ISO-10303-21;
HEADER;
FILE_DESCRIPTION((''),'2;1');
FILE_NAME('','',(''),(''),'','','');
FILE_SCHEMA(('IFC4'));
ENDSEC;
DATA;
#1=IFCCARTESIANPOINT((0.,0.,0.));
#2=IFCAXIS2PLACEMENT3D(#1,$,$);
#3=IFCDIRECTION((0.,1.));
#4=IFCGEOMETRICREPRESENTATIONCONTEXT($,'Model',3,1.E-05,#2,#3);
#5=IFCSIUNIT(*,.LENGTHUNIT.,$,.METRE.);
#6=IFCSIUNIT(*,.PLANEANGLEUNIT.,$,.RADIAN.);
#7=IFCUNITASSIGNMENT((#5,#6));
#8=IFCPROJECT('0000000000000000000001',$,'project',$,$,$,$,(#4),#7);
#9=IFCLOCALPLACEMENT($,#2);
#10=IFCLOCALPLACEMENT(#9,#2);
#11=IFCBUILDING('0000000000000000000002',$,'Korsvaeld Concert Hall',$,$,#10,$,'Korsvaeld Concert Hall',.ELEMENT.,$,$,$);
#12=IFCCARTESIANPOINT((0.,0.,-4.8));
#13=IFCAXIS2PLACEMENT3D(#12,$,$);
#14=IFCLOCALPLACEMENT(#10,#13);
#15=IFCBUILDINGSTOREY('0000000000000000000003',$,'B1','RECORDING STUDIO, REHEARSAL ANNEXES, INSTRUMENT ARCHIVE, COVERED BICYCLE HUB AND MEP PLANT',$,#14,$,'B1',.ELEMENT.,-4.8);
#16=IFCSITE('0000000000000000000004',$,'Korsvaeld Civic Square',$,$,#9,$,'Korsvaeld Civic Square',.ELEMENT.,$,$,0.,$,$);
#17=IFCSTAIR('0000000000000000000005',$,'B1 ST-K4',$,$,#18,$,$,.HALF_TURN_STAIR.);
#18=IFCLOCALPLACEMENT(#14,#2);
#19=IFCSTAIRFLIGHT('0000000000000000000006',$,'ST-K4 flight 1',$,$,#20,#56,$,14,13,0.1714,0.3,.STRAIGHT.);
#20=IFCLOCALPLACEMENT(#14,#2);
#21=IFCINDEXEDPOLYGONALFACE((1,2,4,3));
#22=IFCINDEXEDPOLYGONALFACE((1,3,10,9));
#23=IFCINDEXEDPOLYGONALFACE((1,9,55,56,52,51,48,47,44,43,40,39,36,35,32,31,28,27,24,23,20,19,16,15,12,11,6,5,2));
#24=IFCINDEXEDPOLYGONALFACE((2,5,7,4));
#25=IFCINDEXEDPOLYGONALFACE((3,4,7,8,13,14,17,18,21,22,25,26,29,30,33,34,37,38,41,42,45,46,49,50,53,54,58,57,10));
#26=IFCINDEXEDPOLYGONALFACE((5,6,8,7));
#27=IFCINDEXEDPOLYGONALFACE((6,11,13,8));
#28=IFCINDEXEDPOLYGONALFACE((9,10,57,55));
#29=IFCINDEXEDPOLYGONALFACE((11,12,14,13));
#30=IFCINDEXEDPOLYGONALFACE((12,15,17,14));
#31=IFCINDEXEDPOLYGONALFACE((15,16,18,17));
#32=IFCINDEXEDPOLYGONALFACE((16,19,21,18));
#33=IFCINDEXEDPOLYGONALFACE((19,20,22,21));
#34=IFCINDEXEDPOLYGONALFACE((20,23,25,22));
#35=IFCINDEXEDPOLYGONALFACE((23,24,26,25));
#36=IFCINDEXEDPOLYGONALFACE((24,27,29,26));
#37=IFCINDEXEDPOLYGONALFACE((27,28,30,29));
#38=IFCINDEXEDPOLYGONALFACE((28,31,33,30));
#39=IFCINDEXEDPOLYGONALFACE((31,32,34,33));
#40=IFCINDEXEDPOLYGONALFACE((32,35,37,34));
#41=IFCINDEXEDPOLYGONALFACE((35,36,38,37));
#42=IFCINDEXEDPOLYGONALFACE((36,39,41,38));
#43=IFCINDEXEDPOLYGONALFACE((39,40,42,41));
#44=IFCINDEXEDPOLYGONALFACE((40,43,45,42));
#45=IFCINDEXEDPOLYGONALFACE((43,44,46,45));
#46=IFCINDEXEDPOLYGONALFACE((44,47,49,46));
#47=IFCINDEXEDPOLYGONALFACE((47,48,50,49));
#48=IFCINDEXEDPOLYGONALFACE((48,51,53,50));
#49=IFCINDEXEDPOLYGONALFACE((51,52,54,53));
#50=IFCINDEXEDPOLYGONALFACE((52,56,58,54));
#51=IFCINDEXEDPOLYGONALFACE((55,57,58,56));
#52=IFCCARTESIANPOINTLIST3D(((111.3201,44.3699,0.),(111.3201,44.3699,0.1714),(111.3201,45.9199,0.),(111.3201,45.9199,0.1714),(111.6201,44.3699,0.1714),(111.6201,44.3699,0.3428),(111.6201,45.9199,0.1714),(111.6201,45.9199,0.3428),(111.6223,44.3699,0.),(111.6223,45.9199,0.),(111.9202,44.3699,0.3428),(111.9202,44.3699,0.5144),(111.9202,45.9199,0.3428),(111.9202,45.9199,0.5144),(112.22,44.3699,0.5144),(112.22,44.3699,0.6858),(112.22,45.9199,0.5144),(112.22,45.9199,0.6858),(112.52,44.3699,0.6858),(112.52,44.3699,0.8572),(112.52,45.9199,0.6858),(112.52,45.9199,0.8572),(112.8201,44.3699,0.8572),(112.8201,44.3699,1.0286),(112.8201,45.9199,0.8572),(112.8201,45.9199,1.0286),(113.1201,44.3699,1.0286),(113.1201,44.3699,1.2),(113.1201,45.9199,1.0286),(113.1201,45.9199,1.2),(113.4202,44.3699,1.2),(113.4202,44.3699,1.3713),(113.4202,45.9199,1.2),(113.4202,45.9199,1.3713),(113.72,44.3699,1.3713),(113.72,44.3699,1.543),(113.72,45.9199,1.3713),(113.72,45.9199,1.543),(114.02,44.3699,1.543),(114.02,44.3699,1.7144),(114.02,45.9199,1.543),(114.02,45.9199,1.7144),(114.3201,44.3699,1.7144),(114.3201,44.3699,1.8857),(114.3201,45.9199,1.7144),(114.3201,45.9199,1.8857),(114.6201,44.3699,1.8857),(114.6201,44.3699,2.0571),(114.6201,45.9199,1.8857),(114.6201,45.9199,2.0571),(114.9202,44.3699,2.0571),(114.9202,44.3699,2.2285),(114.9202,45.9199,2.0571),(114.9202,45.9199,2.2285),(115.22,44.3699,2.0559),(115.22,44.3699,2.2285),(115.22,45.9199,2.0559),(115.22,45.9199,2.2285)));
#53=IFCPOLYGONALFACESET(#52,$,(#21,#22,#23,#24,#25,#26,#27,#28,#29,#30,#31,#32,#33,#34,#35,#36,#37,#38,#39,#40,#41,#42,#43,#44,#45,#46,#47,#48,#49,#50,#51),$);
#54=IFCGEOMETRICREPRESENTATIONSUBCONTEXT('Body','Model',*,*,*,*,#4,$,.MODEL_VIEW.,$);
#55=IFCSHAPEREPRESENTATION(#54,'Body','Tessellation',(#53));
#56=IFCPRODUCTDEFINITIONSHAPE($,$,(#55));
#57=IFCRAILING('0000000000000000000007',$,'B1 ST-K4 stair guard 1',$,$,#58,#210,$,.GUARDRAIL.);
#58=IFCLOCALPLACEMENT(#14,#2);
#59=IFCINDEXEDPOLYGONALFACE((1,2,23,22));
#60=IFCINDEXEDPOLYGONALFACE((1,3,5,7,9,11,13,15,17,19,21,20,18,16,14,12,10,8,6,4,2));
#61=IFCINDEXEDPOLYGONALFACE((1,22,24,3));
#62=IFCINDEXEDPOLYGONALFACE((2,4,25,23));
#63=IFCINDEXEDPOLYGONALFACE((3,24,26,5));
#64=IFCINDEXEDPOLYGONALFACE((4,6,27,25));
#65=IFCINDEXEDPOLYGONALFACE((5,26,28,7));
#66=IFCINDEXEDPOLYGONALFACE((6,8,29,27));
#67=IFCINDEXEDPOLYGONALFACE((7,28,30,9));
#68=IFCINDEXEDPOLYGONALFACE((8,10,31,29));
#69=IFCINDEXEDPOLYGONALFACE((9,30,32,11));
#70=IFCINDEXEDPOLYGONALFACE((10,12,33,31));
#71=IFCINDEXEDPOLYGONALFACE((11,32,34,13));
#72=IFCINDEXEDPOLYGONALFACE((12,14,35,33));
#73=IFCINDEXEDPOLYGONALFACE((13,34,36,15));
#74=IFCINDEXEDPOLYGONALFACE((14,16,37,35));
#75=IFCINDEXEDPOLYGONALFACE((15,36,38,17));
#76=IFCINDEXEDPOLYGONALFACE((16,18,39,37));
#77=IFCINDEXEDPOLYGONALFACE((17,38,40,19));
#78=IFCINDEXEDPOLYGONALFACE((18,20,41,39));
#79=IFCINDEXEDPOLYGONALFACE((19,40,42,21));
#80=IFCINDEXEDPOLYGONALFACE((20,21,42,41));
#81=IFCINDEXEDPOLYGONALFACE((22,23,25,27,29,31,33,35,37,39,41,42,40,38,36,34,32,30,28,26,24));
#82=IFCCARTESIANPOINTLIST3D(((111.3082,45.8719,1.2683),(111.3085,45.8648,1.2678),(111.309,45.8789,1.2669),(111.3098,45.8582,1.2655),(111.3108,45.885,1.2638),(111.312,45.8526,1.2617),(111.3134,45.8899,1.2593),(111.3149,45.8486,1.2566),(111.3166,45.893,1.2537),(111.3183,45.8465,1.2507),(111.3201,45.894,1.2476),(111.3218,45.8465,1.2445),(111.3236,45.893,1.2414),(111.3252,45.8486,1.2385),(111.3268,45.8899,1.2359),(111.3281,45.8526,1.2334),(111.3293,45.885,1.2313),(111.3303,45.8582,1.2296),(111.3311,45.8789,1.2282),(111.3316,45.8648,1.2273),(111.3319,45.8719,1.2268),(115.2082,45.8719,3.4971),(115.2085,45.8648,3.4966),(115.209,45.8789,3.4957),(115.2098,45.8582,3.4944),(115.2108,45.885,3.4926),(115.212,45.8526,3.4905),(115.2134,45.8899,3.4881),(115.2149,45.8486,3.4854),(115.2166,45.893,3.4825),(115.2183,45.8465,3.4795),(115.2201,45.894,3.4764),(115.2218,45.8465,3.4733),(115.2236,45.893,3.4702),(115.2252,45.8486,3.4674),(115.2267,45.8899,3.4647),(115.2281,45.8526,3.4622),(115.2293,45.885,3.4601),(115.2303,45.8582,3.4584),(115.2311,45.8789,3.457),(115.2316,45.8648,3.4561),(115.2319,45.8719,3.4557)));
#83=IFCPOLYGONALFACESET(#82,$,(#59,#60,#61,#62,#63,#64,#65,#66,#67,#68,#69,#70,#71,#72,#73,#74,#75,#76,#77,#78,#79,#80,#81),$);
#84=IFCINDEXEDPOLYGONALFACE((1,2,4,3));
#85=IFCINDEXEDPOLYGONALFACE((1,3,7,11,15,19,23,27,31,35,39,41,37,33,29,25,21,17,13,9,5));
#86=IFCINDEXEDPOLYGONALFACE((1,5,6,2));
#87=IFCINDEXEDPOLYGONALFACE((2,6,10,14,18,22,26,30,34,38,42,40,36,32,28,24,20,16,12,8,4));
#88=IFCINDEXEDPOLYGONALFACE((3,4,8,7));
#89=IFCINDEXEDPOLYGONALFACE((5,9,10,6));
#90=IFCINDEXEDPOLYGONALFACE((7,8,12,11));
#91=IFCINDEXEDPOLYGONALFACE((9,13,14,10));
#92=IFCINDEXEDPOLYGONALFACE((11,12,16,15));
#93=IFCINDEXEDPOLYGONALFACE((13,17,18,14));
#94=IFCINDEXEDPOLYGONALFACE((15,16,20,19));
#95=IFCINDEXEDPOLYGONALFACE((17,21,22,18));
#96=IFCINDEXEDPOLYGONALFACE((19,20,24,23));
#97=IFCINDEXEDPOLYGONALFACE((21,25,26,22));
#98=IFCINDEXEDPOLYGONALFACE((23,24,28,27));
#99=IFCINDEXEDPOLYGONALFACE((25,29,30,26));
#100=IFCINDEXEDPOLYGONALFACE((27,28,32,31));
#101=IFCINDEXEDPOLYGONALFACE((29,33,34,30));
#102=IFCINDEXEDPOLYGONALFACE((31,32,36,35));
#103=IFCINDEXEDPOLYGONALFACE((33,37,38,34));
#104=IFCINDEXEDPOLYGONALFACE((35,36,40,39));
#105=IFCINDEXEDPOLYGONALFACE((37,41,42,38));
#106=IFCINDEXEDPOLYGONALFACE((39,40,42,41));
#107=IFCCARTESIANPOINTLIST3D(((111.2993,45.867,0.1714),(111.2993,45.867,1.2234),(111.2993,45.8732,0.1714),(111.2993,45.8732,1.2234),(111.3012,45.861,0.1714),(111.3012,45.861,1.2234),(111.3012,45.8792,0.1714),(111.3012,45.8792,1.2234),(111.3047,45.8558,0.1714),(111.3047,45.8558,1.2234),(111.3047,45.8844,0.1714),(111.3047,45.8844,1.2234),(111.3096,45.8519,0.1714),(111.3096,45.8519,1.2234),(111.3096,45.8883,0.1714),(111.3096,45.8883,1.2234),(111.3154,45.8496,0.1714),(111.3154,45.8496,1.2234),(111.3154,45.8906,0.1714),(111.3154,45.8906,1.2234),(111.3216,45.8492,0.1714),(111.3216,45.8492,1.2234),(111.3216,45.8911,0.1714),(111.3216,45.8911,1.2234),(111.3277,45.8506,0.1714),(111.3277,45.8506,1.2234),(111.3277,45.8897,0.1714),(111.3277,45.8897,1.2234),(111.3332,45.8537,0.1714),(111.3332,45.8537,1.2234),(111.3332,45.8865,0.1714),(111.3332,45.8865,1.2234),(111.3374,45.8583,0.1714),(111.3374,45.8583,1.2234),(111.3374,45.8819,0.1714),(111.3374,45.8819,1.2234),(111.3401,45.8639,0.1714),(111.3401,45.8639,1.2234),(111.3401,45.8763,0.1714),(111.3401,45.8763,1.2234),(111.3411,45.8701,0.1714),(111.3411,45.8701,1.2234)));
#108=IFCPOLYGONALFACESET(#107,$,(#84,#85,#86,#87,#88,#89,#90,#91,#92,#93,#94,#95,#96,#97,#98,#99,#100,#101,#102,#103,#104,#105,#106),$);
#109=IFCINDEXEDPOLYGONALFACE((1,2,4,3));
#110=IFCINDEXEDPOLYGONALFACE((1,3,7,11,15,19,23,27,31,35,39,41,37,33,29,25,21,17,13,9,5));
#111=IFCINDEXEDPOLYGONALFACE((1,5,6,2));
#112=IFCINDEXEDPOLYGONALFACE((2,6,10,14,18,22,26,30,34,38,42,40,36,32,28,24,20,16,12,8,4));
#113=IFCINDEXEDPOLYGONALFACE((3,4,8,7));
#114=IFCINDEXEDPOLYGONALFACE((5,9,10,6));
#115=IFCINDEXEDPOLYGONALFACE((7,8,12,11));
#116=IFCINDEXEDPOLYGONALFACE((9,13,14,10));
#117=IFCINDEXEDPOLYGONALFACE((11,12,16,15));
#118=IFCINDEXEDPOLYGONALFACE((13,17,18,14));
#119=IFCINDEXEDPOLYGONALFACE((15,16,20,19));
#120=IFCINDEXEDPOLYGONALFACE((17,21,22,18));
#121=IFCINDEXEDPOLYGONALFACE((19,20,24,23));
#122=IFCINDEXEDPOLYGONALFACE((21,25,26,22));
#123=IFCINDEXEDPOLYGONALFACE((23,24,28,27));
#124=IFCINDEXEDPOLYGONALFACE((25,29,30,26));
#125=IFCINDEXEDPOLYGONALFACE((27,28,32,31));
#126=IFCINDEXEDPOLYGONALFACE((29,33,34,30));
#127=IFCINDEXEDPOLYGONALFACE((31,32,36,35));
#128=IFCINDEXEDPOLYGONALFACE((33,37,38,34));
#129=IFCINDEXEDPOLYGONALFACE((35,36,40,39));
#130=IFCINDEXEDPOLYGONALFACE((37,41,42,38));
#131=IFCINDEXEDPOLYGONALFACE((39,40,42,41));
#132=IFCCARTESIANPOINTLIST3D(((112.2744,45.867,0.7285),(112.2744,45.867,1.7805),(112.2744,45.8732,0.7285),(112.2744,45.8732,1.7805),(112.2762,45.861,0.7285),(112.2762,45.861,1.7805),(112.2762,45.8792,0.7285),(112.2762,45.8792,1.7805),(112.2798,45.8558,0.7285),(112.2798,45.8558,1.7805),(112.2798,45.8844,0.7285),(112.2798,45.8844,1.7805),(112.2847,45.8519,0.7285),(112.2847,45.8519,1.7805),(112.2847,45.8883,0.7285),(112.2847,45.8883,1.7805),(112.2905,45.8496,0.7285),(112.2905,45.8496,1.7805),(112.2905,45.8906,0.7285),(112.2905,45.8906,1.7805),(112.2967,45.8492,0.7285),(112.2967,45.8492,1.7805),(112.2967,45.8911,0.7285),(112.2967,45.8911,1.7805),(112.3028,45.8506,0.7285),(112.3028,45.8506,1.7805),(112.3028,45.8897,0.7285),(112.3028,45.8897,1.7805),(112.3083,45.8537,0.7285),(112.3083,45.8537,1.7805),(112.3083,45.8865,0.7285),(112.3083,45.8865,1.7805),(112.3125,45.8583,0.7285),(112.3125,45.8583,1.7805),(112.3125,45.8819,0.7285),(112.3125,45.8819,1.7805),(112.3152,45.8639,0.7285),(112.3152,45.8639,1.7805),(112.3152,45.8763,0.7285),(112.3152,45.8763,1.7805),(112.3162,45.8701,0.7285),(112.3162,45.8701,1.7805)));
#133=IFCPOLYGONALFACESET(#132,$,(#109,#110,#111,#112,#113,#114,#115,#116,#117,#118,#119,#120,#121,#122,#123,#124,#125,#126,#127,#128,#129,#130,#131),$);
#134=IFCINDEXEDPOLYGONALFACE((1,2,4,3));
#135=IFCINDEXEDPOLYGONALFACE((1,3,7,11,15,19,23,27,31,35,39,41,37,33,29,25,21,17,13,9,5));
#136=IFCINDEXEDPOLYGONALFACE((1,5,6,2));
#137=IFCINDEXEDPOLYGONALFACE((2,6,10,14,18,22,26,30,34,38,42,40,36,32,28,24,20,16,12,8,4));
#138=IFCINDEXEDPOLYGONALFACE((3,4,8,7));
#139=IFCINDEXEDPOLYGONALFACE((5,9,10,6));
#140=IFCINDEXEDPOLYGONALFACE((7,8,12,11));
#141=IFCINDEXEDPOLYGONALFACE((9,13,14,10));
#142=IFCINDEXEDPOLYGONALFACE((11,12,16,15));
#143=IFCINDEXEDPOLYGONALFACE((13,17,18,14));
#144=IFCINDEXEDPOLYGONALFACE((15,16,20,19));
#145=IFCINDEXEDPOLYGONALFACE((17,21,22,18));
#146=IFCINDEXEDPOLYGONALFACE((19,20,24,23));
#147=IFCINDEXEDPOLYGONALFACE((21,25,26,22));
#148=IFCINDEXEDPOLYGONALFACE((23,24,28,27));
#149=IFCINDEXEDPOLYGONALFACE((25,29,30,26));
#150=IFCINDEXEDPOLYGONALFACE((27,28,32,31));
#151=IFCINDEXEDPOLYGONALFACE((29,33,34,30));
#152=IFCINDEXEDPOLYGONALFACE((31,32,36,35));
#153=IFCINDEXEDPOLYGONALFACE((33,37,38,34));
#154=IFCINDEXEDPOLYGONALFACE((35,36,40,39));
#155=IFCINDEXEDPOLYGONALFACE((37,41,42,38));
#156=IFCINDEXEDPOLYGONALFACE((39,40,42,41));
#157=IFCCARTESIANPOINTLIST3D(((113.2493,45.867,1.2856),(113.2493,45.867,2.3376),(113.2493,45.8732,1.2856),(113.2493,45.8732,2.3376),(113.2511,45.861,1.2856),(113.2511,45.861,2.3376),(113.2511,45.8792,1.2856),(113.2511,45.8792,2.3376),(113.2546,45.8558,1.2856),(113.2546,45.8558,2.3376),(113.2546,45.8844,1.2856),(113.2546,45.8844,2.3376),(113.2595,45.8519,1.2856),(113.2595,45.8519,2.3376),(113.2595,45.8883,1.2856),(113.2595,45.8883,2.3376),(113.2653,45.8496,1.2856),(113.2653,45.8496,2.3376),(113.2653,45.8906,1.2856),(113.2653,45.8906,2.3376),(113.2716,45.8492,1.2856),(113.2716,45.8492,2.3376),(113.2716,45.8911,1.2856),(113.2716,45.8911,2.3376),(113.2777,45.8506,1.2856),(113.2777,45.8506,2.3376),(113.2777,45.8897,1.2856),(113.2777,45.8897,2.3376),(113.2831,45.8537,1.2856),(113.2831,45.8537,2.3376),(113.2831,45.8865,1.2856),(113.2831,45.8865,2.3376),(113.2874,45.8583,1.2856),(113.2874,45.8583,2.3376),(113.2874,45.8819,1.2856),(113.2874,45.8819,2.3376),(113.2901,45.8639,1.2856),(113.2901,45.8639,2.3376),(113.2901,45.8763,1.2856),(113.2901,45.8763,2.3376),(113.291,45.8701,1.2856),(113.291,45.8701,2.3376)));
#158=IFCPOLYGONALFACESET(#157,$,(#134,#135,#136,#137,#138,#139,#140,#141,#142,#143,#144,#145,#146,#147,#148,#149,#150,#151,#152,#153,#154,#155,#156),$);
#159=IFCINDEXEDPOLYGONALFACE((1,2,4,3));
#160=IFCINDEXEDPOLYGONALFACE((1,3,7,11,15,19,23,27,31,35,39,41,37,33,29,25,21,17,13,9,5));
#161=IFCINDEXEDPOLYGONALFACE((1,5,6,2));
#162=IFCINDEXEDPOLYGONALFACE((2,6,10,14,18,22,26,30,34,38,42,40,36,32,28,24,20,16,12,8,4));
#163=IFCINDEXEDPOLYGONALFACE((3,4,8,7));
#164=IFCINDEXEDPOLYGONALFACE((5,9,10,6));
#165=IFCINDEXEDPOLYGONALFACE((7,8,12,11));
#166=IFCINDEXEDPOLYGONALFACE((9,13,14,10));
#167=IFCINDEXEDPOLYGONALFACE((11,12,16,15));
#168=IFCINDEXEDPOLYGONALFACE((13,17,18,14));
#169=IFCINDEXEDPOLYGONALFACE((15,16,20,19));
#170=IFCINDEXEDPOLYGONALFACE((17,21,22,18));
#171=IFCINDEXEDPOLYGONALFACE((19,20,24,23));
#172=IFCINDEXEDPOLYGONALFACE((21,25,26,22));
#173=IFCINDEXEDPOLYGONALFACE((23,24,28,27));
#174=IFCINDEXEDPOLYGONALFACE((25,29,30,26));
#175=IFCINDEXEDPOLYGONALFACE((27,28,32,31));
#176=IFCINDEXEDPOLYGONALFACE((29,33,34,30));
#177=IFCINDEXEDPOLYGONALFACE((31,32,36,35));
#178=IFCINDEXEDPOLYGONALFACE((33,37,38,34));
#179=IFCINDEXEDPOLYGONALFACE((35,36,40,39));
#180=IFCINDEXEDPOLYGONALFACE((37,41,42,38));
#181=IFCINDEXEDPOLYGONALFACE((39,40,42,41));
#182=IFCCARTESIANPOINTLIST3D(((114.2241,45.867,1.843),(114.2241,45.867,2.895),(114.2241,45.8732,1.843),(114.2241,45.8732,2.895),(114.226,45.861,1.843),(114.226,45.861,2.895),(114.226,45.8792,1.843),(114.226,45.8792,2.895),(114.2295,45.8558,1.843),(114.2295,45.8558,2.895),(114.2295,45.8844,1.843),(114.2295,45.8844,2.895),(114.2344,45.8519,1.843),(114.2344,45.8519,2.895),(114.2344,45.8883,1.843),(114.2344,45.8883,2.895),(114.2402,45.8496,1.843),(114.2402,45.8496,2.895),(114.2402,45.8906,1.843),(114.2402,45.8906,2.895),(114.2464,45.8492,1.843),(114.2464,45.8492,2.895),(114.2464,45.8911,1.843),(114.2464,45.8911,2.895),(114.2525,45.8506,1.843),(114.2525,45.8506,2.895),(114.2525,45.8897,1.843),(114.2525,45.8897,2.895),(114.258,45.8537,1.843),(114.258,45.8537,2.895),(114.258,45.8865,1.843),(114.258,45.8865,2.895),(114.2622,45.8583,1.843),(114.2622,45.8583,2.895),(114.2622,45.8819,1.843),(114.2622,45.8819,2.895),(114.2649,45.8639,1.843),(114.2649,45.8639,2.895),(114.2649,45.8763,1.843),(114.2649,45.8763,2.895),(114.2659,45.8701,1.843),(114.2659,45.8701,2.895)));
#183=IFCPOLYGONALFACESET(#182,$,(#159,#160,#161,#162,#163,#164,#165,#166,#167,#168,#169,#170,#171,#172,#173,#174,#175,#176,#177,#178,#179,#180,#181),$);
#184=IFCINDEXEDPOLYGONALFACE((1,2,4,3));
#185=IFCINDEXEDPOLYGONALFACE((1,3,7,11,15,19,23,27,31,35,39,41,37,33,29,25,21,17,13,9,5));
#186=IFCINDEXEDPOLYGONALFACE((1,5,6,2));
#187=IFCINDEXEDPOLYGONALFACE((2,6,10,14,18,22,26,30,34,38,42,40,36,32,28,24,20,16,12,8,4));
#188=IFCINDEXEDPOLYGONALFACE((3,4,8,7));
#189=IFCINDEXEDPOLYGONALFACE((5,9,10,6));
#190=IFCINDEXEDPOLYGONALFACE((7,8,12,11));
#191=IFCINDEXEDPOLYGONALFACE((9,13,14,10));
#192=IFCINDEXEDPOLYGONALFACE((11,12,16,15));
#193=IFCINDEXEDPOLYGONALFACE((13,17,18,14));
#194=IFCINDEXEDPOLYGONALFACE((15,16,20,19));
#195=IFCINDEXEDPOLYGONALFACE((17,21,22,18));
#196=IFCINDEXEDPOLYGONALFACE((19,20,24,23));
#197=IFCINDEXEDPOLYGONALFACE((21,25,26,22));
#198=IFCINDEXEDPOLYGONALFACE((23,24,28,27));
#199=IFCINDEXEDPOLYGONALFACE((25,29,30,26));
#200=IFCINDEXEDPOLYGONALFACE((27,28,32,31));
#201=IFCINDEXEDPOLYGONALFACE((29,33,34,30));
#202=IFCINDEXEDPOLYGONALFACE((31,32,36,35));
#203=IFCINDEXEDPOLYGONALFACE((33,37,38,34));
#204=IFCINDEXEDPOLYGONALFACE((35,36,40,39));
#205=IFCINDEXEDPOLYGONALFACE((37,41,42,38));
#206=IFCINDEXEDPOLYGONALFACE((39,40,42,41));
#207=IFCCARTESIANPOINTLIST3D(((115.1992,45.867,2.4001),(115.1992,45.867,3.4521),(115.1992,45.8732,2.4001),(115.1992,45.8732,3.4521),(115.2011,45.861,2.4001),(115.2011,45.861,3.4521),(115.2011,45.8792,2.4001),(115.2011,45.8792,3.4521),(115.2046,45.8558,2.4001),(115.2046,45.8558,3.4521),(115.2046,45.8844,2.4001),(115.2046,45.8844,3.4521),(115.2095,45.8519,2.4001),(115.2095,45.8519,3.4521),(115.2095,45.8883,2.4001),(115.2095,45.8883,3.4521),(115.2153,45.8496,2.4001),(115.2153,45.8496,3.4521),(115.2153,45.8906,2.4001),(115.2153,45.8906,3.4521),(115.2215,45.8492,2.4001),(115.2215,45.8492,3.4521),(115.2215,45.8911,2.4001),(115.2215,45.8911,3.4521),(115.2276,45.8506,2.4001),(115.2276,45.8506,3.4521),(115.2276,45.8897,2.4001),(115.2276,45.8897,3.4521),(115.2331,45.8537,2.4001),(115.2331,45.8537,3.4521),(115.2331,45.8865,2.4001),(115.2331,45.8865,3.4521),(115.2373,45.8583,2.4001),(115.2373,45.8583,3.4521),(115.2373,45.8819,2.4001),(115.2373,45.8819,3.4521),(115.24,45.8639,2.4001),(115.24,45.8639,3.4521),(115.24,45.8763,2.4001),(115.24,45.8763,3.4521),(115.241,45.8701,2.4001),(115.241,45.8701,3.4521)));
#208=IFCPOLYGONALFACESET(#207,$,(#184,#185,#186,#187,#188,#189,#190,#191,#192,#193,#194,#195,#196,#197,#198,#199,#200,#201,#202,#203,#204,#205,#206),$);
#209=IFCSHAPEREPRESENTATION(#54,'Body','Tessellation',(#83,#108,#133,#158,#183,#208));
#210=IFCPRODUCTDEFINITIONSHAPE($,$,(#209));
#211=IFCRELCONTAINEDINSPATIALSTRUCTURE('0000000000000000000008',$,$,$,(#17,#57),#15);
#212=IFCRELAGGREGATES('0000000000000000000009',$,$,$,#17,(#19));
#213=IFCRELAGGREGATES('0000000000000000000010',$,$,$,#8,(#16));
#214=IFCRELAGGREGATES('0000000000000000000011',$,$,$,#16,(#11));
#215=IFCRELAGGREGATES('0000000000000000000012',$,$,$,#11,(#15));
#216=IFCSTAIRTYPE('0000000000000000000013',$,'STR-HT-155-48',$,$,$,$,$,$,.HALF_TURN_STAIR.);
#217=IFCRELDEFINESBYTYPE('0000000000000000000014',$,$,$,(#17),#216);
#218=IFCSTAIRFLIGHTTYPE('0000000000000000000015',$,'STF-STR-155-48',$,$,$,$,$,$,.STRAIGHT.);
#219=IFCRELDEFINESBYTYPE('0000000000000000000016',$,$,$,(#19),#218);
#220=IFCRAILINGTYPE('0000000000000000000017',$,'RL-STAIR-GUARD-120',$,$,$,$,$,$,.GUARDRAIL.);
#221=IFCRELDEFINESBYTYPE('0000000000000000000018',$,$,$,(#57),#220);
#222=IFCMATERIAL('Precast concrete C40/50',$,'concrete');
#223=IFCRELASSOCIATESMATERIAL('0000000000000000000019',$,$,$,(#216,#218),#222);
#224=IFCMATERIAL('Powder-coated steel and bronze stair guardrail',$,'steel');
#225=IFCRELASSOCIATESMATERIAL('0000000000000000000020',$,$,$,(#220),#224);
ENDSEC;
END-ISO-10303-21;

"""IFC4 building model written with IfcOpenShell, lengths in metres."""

from ifc_helpers import new_model, si_unit, direction, frame, origin, origin_2d, place, context, subcontext, project, spatial, polyline, circle, outline, extrude, material, type_object, element, aggregate, save


model = new_model("IFC4")

# Units and contexts
model_context = context("Model", 3, precision=1e-05, world=origin(), true_north=direction((0.0, 1.0)))
body_context = subcontext(model_context, "Body", "Model", "MODEL_VIEW")
ifc_project = project(units=[si_unit("LENGTHUNIT", "METRE"), si_unit("PLANEANGLEUNIT", "RADIAN")], contexts=[model_context])

# Site, building, storey
site_placement = place(None, origin())
site = spatial("IfcSite", under=ifc_project, at=site_placement, Name="Korsvaeld Civic Square", LongName="Korsvaeld Civic Square", CompositionType="ELEMENT", RefElevation=0.0)
building_placement = place(site_placement, origin())
building = spatial("IfcBuilding", under=site, at=building_placement, Name="Korsvaeld Concert Hall", LongName="Korsvaeld Concert Hall", CompositionType="ELEMENT")
storey_placement = place(building_placement, frame((0.0, 0.0, -4.8)))
storey = spatial("IfcBuildingStorey", under=building, at=storey_placement, Name="B1", Description="RECORDING STUDIO, REHEARSAL ANNEXES, INSTRUMENT ARCHIVE, COVERED BICYCLE HUB AND MEP PLANT", LongName="B1", CompositionType="ELEMENT", Elevation=-4.8)

# Stair, stair flight
ifc_material_1 = material(Name="Precast concrete C40/50", Category="concrete")
stair_type = type_object("IfcStairType", Name="STR-HT-155-48", PredefinedType="HALF_TURN_STAIR", material=ifc_material_1)
stair_placement = place(storey_placement, origin())
stair = element("IfcStair", 1, at=stair_placement, inside=storey, type_object=stair_type, Name="B1 ST-K4", PredefinedType="HALF_TURN_STAIR")
stair_flight_type = type_object("IfcStairFlightType", Name="STF-STR-155-48", PredefinedType="STRAIGHT", material=ifc_material_1)
stair_flight_placement = place(storey_placement, frame((111.3201, 45.145, 0.0), z_axis=(0.0, 0.0, 1.0), x_axis=(1.0, 0.0, 0.0)))
stair_flight = element("IfcStairFlight", 2, at=stair_flight_placement, type_object=stair_flight_type, Name="ST-K4 flight 1", NumberOfRisers=14, NumberOfTreads=13, PredefinedType="STRAIGHT", RiserHeight=0.1714, TreadLength=0.3, context=body_context, shape_type="SweptSolid", body=[
    extrude(outline(polyline([(0.0, 0.0), (0.0, 0.1714), (0.3, 0.1714), (0.3, 0.3428), (0.6001, 0.3428), (0.6001, 0.5144), (0.8999, 0.5144), (0.8999, 0.6858), (1.2, 0.6858), (1.2, 0.8572), (1.5, 0.8572), (1.5, 1.0286), (1.8, 1.0286), (1.8, 1.2), (2.1001, 1.2), (2.1001, 1.3713), (2.3999, 1.3713), (2.3999, 1.543), (2.7, 1.543), (2.7, 1.7144), (3.0, 1.7144), (3.0, 1.8857), (3.3, 1.8857), (3.3, 2.0571), (3.6001, 2.0571), (3.6001, 2.2285), (3.8999, 2.2285), (3.8999, 2.3999), (3.8999, 2.0559), (0.3022, 0.0), (0.0, 0.0)])), frame((0.0, 0.7749, 0.0), z_axis=(0.0, -1.0, 0.0), x_axis=(1.0, 0.0, 0.0)), (0.0, 0.0, 1.0), 1.55),
])
aggregate(stair, [stair_flight])

# Railing
ifc_material_2 = material(Name="Powder-coated steel and bronze stair guardrail", Category="steel")
railing_type_1 = type_object("IfcRailingType", Name="RL-STAIR-GUARD-120", PredefinedType="GUARDRAIL", material=ifc_material_2)
railing_1_placement = place(storey_placement, frame((111.3201, 45.8701, 0.1714)))
element("IfcRailing", 3, at=railing_1_placement, inside=storey, type_object=railing_type_1, Name="B1 ST-K4 stair guard 1", PredefinedType="GUARDRAIL", context=body_context, shape_type="SweptSolid", body=[
    extrude(circle(Radius=0.0239, at=origin_2d()), frame((0.0, 0.0, 1.0762), z_axis=(0.86822, 0.0, 0.49618), x_axis=(0.0, 1.0, 0.0)), (0.0, 0.0, 1.0), 4.4919),
    extrude(circle(Radius=0.021, at=origin_2d()), origin(), (0.0, 0.0, 1.0), 1.052),
    extrude(circle(Radius=0.021, at=origin_2d()), frame((0.9751, 0.0, 0.5571)), (0.0, 0.0, 1.0), 1.052),
    extrude(circle(Radius=0.021, at=origin_2d()), frame((1.95, 0.0, 1.1143)), (0.0, 0.0, 1.0), 1.052),
    extrude(circle(Radius=0.021, at=origin_2d()), frame((2.9248, 0.0, 1.6716)), (0.0, 0.0, 1.0), 1.052),
    extrude(circle(Radius=0.021, at=origin_2d()), frame((3.8999, 0.0, 2.2288)), (0.0, 0.0, 1.0), 1.052),
])

save(model, "model.ifc")
